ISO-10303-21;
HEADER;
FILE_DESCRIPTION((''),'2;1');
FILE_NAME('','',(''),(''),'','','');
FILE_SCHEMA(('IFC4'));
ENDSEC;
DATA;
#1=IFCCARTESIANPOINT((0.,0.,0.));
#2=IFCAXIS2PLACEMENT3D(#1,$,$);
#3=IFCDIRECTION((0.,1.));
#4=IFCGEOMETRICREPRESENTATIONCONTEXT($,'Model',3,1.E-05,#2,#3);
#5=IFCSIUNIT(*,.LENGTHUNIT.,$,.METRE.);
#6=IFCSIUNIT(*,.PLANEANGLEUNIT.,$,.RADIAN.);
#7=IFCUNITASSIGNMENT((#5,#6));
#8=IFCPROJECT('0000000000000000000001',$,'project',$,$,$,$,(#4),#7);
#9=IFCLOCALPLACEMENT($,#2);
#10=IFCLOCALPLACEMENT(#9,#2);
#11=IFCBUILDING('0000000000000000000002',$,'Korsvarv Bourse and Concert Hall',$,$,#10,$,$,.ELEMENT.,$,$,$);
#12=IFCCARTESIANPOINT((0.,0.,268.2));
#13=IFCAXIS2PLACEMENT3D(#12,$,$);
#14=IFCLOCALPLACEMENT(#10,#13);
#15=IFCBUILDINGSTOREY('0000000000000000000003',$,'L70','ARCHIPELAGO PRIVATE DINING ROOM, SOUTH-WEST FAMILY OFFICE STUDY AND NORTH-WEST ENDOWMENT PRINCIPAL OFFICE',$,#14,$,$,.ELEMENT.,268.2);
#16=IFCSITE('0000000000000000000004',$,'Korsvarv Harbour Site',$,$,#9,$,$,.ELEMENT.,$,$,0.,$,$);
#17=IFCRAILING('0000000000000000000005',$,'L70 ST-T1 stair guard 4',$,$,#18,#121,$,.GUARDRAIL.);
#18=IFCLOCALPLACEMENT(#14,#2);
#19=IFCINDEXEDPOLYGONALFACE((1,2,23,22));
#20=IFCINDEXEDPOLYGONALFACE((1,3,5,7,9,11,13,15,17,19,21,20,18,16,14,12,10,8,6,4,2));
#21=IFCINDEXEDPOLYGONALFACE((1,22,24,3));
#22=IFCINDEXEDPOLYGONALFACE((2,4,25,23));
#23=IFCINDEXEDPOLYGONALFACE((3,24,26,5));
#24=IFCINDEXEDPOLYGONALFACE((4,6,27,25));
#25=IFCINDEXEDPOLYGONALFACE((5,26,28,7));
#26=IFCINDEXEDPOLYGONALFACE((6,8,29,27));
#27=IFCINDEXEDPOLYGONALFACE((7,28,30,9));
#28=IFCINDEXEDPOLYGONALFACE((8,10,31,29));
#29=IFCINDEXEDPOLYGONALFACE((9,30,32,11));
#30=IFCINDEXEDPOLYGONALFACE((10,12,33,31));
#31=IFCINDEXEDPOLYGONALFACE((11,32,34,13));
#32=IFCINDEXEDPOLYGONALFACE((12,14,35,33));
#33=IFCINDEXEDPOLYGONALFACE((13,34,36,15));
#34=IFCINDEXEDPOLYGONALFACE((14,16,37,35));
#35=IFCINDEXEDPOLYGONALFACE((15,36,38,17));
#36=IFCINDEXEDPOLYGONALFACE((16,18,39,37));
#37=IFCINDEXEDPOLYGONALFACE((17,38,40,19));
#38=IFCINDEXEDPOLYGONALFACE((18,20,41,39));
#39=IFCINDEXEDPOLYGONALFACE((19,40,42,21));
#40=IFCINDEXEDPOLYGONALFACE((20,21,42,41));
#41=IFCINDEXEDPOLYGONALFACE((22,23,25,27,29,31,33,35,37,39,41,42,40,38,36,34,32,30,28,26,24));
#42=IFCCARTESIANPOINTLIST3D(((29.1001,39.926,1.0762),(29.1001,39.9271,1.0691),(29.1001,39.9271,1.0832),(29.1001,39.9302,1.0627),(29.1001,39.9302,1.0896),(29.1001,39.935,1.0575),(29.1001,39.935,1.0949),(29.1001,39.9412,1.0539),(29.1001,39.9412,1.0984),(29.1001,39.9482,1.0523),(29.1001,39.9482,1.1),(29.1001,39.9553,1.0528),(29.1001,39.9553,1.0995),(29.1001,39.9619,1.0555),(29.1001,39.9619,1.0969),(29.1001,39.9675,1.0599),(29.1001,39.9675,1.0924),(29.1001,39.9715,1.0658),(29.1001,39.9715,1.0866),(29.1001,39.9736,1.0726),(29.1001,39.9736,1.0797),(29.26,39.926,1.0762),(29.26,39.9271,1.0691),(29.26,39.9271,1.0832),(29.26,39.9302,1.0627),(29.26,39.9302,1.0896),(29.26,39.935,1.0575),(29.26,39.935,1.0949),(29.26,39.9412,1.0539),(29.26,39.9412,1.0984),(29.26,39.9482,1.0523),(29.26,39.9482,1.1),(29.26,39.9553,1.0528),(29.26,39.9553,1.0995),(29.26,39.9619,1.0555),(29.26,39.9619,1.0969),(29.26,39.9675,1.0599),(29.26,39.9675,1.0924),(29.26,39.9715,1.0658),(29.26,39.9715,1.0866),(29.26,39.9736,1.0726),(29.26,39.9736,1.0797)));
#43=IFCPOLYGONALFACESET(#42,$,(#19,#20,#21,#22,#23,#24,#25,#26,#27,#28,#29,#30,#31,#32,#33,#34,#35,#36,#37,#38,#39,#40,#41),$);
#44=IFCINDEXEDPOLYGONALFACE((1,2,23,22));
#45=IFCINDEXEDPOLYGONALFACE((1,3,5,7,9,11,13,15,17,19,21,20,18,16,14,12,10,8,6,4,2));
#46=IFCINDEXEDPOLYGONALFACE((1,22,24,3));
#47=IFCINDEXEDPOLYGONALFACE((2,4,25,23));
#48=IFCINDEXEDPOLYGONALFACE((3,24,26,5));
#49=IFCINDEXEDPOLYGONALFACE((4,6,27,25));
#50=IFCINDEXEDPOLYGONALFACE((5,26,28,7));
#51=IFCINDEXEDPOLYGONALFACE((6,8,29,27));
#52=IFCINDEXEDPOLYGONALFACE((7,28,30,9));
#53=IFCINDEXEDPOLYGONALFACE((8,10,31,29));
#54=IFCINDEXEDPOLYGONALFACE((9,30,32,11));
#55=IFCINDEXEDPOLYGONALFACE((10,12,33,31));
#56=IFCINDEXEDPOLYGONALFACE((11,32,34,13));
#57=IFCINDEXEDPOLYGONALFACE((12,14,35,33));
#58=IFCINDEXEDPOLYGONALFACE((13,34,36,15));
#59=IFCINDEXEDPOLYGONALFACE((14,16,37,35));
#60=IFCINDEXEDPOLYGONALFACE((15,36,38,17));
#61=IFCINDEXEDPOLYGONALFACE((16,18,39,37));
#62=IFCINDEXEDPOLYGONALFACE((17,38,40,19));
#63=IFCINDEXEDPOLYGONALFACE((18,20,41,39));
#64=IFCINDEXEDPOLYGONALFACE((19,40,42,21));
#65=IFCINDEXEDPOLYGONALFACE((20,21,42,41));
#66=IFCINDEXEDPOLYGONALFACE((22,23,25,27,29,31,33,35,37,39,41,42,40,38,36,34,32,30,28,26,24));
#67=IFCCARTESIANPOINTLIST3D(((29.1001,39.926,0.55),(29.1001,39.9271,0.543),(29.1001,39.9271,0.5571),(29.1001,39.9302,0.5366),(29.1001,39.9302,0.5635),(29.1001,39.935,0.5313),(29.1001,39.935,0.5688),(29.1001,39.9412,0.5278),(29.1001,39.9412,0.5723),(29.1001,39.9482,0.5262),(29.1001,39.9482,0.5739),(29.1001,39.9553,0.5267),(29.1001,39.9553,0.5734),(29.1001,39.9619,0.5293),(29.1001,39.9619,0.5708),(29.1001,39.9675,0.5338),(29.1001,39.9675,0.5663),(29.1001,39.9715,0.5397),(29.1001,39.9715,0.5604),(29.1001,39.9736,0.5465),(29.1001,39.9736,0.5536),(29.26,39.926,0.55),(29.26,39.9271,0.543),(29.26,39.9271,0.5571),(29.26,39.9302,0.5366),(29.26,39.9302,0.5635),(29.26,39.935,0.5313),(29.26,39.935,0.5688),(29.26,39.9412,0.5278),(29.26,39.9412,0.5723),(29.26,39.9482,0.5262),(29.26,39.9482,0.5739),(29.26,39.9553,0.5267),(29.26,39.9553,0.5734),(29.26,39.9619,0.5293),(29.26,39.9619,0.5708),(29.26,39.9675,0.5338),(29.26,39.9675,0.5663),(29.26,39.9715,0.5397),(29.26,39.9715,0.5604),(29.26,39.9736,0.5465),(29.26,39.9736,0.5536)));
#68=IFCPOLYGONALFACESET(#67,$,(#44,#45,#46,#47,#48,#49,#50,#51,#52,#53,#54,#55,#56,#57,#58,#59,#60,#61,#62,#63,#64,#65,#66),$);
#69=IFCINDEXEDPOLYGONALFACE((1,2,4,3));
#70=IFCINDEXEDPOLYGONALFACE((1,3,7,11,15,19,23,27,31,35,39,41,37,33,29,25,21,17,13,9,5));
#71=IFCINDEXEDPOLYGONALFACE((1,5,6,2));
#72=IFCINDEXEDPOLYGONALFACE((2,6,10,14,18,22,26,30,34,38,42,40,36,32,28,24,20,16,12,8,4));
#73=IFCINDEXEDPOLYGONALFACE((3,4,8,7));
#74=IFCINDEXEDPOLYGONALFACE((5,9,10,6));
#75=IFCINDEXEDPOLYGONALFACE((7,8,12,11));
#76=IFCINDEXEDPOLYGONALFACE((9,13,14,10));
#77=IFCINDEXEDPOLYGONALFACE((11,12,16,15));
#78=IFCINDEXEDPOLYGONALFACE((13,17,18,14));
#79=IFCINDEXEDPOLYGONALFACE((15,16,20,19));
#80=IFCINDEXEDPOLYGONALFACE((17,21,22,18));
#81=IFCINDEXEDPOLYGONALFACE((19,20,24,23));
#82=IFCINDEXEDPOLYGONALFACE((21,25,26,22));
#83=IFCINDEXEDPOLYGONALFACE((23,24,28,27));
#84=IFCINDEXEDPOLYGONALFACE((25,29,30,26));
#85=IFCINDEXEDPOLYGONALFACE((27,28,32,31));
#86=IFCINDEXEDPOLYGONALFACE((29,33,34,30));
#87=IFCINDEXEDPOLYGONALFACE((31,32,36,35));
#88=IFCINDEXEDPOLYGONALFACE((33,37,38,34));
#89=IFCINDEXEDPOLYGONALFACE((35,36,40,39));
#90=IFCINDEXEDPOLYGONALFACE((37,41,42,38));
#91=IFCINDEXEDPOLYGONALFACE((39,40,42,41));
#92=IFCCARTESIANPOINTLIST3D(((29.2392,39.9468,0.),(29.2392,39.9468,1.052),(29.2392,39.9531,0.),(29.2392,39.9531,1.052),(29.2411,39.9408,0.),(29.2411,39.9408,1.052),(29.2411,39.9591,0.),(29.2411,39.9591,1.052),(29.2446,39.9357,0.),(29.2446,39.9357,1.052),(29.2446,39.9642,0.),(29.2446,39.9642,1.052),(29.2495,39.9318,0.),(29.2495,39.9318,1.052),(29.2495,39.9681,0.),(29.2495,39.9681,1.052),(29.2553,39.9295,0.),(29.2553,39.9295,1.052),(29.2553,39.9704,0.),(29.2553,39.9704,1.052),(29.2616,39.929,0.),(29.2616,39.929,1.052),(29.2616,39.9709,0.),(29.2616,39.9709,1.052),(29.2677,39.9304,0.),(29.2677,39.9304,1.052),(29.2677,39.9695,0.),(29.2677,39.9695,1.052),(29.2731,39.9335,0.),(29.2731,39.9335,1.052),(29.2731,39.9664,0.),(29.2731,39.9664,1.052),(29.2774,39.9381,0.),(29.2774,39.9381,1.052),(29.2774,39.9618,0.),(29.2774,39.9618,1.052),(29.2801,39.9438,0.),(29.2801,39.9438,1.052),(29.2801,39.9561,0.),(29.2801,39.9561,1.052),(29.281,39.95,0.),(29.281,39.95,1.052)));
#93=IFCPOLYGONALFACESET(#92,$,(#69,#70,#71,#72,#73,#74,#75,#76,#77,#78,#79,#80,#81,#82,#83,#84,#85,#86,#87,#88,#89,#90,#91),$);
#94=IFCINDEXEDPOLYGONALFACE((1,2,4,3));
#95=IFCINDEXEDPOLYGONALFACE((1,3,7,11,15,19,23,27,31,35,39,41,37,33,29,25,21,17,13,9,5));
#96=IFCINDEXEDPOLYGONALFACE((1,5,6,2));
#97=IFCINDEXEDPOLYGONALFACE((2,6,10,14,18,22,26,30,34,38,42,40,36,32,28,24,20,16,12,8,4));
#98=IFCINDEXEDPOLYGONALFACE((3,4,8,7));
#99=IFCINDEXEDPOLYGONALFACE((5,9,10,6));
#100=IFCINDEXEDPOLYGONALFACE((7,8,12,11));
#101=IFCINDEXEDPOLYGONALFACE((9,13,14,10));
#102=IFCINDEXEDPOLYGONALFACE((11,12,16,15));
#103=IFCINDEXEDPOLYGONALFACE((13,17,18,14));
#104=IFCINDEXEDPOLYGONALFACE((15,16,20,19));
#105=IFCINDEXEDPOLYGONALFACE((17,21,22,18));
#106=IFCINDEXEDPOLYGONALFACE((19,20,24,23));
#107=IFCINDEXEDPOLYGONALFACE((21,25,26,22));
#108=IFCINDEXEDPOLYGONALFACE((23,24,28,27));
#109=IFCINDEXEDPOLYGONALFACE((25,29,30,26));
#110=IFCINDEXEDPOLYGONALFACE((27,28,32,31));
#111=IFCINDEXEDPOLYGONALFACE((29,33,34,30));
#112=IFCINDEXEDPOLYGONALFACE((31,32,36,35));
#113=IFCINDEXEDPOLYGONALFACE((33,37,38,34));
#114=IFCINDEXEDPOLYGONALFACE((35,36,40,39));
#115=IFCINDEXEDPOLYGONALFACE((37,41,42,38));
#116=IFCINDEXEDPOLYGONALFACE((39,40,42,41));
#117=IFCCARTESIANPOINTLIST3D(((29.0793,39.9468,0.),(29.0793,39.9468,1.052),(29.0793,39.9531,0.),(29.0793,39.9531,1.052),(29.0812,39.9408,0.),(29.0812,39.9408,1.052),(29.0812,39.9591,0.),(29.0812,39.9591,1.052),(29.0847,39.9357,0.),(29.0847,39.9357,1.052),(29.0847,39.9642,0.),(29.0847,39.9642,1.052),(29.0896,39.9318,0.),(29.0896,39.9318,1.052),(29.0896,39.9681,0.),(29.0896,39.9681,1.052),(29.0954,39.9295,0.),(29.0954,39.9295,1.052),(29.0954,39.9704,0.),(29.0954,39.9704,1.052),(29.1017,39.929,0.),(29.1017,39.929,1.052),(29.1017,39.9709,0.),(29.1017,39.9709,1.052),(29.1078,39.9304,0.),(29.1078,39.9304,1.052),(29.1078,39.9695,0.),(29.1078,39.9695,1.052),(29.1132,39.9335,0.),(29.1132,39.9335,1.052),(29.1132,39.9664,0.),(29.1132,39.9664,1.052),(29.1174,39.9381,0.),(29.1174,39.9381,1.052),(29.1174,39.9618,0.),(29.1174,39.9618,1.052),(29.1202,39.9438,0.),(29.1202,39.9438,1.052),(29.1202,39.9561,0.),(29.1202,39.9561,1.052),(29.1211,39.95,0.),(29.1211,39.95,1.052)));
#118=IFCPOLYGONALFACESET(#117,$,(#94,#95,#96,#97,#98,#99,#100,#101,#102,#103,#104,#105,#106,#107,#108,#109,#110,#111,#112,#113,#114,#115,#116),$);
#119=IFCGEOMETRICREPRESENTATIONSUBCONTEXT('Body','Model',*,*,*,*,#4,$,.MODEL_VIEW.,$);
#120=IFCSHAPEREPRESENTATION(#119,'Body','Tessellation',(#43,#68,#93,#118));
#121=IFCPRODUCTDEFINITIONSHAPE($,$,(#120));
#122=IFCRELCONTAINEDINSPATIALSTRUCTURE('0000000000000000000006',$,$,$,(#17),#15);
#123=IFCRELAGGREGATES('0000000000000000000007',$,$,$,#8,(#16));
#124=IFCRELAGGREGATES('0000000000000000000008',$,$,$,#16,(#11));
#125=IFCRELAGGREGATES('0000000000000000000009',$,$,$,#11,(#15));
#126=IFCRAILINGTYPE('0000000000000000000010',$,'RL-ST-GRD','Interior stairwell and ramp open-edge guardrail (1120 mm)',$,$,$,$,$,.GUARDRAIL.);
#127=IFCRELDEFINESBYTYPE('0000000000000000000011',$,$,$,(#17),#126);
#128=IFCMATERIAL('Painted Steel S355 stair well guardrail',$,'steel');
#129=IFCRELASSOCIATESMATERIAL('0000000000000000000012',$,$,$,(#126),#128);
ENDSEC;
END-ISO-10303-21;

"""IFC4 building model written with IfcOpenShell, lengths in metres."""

from ifc_helpers import new_model, si_unit, direction, frame, origin, origin_2d, place, context, subcontext, project, spatial, circle, extrude, material, type_object, element, save


model = new_model("IFC4")

# Units and contexts
model_context = context("Model", 3, precision=1e-05, world=origin(), true_north=direction((0.0, 1.0)))
body_context = subcontext(model_context, "Body", "Model", "MODEL_VIEW")
ifc_project = project(units=[si_unit("LENGTHUNIT", "METRE"), si_unit("PLANEANGLEUNIT", "RADIAN")], contexts=[model_context])

# Site, building, storey
site_placement = place(None, origin())
site = spatial("IfcSite", under=ifc_project, at=site_placement, Name="Korsvarv Harbour Site", CompositionType="ELEMENT", RefElevation=0.0)
building_placement = place(site_placement, origin())
building = spatial("IfcBuilding", under=site, at=building_placement, Name="Korsvarv Bourse and Concert Hall", CompositionType="ELEMENT")
storey_placement = place(building_placement, frame((0.0, 0.0, 268.2)))
storey = spatial("IfcBuildingStorey", under=building, at=storey_placement, Name="L70", Description="ARCHIPELAGO PRIVATE DINING ROOM, SOUTH-WEST FAMILY OFFICE STUDY AND NORTH-WEST ENDOWMENT PRINCIPAL OFFICE", CompositionType="ELEMENT", Elevation=268.2)

# Railing
ifc_material_1 = material(Name="Painted Steel S355 stair well guardrail", Category="steel")
railing_type_1 = type_object("IfcRailingType", Name="RL-ST-GRD", Description="Interior stairwell and ramp open-edge guardrail (1120 mm)", PredefinedType="GUARDRAIL", material=ifc_material_1)
railing_1_placement = place(storey_placement, frame((29.26, 39.95, 0.0)))
element("IfcRailing", 1, at=railing_1_placement, inside=storey, type_object=railing_type_1, Name="L70 ST-T1 stair guard 4", PredefinedType="GUARDRAIL", context=body_context, shape_type="SweptSolid", body=[
    extrude(circle(Radius=0.0239, at=origin_2d()), frame((0.0, 0.0, 1.0762), z_axis=(-1.0, 0.0, 0.0), x_axis=(0.0, -1.0, 0.0)), (0.0, 0.0, 1.0), 0.1599),
    extrude(circle(Radius=0.0239, at=origin_2d()), frame((0.0, 0.0, 0.55), z_axis=(-1.0, 0.0, 0.0), x_axis=(0.0, -1.0, 0.0)), (0.0, 0.0, 1.0), 0.1599),
    extrude(circle(Radius=0.021, at=origin_2d()), origin(), (0.0, 0.0, 1.0), 1.052),
    extrude(circle(Radius=0.021, at=origin_2d()), frame((-0.1599, 0.0, 0.0)), (0.0, 0.0, 1.0), 1.052),
])

save(model, "model.ifc")
